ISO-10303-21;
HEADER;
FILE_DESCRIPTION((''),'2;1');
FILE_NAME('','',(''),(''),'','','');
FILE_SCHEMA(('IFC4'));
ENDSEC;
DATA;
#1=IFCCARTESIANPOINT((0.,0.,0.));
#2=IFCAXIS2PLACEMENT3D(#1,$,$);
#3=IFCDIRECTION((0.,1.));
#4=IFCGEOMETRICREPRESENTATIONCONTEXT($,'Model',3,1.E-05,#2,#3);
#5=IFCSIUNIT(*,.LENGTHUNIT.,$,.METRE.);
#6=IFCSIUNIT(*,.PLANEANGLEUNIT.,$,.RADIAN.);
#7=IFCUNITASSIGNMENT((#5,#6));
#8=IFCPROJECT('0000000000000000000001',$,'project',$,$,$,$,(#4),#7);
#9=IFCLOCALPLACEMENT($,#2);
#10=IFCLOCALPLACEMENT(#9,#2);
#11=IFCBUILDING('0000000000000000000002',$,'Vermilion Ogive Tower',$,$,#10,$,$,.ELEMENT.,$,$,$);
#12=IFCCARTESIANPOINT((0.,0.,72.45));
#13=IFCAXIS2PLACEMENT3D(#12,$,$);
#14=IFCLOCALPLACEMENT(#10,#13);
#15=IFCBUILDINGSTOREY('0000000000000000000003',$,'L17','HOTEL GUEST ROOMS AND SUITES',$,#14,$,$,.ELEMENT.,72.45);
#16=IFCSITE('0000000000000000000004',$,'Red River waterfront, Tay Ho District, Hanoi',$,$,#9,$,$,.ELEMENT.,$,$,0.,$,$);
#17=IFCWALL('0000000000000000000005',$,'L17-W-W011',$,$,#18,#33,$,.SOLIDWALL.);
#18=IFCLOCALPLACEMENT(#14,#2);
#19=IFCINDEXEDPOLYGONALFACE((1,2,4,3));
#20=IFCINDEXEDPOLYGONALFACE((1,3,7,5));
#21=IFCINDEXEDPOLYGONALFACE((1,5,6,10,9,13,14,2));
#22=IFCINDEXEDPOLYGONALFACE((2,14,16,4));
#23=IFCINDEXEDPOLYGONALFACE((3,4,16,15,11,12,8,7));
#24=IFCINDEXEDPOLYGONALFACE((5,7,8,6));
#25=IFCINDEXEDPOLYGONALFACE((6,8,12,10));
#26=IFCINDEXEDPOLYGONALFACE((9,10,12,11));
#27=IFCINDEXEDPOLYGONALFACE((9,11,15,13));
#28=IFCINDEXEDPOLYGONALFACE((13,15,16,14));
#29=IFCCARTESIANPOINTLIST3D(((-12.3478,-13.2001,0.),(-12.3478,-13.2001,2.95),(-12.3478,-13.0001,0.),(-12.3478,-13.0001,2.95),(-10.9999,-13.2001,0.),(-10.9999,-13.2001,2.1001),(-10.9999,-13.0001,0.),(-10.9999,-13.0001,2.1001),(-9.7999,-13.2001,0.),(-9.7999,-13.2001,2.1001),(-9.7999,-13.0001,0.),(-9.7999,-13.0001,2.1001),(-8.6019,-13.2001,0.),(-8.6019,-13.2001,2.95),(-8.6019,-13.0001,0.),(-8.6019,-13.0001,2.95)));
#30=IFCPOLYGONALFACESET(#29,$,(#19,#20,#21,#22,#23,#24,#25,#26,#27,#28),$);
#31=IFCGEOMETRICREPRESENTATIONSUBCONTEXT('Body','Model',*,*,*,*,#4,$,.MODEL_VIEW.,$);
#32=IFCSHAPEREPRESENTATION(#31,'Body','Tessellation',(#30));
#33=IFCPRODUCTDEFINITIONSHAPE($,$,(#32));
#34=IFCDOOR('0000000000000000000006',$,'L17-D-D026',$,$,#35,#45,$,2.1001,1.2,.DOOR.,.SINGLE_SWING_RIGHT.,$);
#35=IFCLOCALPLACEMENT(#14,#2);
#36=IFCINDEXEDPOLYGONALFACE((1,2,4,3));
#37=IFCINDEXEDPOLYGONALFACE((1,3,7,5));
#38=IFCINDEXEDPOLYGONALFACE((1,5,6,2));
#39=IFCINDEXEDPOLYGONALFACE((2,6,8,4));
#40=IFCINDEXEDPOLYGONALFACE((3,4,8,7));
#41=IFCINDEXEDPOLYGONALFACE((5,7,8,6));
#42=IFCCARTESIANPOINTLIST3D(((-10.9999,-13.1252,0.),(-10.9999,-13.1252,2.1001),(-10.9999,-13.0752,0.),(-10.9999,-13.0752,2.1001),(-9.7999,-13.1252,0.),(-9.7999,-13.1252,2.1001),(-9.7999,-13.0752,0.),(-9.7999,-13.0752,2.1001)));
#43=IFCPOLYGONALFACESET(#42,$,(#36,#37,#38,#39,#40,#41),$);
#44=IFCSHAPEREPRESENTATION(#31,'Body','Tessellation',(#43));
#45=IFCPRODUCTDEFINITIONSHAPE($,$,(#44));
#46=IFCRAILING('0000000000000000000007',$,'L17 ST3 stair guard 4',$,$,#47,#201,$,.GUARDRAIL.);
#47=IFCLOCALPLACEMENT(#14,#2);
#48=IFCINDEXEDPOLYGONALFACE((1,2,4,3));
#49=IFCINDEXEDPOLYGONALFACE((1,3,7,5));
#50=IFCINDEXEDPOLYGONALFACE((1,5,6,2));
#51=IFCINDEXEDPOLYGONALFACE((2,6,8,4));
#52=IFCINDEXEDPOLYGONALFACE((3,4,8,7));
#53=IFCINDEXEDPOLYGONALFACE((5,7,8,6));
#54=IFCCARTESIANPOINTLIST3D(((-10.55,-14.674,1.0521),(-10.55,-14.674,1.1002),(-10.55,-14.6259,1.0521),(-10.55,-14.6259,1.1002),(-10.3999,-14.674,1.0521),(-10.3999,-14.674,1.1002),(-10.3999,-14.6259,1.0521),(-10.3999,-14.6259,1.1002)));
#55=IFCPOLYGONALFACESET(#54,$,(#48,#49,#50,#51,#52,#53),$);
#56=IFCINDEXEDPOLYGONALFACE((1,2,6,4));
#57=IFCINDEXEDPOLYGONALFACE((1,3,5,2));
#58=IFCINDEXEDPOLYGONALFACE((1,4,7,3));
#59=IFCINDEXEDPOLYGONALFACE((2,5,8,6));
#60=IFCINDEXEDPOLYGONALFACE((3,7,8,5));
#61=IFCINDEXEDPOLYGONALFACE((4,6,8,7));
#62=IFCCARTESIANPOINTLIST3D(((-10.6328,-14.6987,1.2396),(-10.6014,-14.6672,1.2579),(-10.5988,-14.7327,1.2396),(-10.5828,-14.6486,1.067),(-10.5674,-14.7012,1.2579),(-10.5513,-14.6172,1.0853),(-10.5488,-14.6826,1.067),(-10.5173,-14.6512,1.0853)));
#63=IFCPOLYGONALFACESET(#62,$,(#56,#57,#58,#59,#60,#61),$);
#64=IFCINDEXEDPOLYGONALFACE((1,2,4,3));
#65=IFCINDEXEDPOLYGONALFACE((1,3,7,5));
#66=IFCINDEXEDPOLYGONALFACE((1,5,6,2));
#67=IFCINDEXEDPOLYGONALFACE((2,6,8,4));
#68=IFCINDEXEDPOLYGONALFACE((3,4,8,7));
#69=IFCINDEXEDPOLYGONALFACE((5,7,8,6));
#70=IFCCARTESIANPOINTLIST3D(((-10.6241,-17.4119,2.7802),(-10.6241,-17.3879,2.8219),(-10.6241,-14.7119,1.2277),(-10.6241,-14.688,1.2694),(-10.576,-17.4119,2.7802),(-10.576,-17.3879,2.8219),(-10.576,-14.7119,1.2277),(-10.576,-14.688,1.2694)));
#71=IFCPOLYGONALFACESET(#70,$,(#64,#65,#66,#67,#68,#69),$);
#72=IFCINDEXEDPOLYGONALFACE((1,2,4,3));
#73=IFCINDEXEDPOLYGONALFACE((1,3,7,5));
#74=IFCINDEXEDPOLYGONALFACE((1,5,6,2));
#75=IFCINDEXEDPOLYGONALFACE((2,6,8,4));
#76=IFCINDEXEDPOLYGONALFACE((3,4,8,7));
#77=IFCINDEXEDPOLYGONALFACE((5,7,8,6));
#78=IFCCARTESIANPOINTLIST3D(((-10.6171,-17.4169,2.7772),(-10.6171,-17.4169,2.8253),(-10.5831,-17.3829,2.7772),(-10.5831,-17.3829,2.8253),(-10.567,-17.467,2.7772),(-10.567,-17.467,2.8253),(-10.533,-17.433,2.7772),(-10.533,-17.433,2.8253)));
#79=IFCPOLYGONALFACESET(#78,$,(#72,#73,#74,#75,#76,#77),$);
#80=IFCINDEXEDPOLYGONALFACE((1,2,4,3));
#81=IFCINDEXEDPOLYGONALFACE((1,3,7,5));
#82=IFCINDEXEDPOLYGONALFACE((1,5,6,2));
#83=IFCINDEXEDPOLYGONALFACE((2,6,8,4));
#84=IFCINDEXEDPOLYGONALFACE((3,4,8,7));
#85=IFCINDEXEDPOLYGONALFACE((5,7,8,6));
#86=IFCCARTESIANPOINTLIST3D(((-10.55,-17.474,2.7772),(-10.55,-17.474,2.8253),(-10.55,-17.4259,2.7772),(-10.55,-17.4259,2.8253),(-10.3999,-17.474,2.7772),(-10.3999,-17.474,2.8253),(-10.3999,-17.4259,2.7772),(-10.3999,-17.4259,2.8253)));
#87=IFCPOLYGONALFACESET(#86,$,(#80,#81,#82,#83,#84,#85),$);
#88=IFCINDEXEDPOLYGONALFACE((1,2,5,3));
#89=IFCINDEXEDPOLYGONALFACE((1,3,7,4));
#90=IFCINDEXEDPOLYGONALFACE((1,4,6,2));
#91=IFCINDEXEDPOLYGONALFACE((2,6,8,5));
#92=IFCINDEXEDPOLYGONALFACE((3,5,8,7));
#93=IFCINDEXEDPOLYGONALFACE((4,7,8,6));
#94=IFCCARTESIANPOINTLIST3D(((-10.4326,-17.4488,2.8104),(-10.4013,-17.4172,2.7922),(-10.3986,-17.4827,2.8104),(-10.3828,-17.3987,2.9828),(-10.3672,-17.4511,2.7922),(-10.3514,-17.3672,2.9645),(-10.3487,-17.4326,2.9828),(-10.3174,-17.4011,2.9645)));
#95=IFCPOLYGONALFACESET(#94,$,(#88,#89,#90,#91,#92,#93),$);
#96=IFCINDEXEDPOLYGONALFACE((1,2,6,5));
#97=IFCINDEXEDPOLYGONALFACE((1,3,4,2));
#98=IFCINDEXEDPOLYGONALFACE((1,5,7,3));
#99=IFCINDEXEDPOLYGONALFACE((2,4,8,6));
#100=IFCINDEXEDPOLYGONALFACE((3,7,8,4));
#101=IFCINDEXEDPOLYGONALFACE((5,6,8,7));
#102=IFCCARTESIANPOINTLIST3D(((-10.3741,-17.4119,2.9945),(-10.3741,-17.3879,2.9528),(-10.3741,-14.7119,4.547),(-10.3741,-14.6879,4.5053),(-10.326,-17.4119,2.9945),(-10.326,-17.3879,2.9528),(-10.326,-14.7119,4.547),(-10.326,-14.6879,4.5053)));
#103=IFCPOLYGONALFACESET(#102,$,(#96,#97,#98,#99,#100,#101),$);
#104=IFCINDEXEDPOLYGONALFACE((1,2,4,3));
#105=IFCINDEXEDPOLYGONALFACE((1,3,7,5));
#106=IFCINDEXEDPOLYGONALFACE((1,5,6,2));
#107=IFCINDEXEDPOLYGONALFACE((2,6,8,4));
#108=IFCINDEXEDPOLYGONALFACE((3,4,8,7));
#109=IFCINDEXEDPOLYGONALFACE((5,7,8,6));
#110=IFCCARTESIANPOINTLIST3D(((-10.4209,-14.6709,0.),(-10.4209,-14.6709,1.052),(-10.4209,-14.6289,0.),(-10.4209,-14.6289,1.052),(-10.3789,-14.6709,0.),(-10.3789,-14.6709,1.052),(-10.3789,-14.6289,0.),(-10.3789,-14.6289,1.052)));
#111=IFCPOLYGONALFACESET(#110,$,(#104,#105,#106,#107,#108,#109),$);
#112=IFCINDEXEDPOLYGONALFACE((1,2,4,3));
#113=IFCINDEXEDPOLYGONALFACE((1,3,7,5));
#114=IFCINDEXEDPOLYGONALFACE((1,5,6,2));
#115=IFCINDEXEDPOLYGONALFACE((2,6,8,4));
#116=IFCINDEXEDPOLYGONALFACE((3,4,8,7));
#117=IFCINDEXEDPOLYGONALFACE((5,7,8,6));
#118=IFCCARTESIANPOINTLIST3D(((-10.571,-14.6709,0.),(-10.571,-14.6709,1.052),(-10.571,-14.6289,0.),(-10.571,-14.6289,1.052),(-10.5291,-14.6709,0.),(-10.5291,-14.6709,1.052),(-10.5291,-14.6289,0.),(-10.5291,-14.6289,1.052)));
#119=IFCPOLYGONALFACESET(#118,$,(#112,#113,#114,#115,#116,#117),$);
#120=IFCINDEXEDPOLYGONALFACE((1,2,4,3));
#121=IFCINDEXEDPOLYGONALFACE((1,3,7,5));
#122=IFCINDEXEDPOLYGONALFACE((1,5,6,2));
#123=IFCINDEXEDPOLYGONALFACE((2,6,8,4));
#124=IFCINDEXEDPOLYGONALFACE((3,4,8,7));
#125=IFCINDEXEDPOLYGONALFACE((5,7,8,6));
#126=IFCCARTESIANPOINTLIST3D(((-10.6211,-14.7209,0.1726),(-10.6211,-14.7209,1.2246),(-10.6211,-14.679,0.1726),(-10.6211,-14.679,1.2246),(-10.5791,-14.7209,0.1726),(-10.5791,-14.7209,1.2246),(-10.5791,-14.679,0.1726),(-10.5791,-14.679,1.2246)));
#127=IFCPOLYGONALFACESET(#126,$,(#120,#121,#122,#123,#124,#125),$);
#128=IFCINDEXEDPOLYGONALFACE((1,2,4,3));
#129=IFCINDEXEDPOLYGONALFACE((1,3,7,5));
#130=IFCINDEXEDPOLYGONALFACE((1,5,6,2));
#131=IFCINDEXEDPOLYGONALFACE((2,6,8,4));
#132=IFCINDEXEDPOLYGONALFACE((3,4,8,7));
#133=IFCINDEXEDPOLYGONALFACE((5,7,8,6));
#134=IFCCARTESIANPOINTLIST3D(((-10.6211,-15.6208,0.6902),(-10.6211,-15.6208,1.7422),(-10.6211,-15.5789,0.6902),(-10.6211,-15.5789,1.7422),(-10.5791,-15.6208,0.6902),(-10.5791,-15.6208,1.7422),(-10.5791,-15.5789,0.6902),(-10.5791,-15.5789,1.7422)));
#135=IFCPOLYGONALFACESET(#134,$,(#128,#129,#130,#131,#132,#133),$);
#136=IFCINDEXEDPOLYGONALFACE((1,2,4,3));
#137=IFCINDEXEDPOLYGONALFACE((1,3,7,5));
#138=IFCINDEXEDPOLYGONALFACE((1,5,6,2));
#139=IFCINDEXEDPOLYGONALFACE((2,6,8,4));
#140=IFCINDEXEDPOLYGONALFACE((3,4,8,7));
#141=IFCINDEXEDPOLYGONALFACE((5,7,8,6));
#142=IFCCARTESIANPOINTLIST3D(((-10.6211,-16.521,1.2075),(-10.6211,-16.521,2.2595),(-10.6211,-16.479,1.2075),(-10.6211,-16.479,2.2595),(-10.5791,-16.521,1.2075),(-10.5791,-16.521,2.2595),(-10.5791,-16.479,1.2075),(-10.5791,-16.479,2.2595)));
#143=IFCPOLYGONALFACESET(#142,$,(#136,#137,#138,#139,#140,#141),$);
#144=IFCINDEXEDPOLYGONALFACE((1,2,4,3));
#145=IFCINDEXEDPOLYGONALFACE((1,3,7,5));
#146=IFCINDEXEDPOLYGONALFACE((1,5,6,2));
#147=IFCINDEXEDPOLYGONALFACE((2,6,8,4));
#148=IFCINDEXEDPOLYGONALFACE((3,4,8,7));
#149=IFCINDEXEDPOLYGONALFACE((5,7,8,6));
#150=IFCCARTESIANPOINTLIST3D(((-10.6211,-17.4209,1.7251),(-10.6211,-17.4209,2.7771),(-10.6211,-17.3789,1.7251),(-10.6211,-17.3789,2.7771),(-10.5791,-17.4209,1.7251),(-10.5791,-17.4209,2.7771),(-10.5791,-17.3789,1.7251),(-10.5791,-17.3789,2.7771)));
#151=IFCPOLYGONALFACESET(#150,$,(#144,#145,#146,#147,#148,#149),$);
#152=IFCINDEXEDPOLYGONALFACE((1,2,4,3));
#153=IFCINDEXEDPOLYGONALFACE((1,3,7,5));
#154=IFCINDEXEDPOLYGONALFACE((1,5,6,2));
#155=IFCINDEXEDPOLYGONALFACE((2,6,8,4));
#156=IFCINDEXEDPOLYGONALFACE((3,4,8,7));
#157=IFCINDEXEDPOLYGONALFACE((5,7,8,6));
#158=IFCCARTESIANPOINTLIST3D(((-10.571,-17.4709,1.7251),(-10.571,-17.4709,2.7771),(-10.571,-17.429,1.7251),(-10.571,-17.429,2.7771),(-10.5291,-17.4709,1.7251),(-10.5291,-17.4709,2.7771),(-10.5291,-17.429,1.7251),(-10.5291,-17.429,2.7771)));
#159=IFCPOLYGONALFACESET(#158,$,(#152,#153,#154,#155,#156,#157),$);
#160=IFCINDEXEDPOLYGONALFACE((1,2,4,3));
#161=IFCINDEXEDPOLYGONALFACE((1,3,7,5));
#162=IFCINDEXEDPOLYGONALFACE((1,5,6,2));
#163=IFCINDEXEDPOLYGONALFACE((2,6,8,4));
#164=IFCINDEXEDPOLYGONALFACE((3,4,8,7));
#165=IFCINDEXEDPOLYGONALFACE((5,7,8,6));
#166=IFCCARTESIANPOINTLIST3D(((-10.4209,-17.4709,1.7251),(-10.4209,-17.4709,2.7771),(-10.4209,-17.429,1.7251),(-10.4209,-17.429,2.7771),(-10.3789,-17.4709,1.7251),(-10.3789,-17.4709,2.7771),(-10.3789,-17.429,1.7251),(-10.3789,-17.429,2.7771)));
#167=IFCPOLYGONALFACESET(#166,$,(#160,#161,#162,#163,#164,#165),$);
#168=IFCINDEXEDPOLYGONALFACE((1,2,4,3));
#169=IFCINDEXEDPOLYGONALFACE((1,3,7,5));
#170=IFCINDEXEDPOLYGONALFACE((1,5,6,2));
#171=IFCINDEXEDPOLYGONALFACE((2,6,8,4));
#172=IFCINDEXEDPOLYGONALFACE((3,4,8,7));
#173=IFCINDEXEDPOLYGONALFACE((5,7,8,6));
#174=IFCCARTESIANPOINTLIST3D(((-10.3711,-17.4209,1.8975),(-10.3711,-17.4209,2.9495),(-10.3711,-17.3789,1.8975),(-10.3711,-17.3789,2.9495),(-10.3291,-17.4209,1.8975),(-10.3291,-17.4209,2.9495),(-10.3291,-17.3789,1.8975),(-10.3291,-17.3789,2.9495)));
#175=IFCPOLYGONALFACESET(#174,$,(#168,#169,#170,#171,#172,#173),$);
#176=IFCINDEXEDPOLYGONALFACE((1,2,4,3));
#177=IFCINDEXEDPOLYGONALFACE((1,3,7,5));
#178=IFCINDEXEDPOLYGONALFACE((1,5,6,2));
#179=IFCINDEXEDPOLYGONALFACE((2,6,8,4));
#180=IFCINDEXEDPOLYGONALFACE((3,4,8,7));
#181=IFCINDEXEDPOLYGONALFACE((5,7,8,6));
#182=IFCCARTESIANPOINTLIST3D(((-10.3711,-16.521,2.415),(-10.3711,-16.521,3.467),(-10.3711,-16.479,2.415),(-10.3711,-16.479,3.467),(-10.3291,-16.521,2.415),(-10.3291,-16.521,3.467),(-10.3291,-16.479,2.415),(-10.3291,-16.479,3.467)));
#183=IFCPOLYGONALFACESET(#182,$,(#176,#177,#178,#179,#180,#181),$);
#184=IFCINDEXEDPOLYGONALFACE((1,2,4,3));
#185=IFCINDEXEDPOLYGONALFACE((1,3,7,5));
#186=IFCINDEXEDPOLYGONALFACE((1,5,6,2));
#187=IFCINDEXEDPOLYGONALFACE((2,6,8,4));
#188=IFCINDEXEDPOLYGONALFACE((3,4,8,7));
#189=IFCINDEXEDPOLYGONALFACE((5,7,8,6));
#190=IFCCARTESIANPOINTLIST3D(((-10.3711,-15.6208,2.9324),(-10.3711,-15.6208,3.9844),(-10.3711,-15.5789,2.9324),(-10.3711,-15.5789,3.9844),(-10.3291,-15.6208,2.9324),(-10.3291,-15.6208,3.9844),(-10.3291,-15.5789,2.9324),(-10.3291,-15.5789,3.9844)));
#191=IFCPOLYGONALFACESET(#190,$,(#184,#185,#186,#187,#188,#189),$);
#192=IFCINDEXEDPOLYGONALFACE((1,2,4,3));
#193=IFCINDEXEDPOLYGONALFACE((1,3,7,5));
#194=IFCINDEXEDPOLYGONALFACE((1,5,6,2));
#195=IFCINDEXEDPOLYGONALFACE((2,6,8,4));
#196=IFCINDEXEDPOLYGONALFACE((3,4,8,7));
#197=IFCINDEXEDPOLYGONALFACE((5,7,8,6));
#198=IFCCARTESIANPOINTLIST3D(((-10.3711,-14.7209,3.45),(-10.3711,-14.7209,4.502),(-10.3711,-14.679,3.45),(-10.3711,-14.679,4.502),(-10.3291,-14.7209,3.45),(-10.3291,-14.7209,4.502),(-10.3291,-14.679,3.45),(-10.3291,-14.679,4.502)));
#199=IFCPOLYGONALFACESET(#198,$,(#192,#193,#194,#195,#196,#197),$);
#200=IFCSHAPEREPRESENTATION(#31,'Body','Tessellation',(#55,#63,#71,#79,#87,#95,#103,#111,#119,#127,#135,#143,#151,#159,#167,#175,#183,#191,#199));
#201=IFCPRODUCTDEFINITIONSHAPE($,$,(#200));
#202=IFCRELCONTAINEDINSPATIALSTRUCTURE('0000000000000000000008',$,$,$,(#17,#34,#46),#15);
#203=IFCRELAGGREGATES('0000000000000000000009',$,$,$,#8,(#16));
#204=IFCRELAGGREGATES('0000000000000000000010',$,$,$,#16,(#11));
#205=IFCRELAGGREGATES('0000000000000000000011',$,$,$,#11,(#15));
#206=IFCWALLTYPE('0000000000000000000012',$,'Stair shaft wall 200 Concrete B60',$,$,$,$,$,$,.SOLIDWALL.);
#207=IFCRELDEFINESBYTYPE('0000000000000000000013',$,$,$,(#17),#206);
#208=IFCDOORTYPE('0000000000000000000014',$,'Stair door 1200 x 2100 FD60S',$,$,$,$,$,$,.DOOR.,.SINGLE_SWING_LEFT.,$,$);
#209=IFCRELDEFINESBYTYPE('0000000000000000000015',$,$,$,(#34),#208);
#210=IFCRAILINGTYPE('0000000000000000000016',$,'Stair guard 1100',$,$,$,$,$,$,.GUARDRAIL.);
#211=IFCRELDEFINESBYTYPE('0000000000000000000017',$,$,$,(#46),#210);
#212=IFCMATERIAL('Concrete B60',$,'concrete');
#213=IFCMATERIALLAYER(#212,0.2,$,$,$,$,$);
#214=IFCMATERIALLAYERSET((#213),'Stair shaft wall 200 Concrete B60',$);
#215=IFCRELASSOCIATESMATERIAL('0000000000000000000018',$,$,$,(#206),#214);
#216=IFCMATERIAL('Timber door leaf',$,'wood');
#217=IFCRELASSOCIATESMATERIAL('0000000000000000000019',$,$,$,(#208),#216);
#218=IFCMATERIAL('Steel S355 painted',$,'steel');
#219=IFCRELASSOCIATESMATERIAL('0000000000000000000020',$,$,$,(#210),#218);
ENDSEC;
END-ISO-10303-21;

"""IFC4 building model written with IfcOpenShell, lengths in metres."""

from ifc_helpers import new_model, si_unit, direction, frame, frame_2d, origin, origin_2d, place, context, subcontext, project, spatial, rectangle, extrude, material, layer, layer_set, type_object, element, fill, save


model = new_model("IFC4")

# Units and contexts
model_context = context("Model", 3, precision=1e-05, world=origin(), true_north=direction((0.0, 1.0)))
body_context = subcontext(model_context, "Body", "Model", "MODEL_VIEW")
ifc_project = project(units=[si_unit("LENGTHUNIT", "METRE"), si_unit("PLANEANGLEUNIT", "RADIAN")], contexts=[model_context])

# Site, building, storey
site_placement = place(None, origin())
site = spatial("IfcSite", under=ifc_project, at=site_placement, Name="Red River waterfront, Tay Ho District, Hanoi", CompositionType="ELEMENT", RefElevation=0.0)
building_placement = place(site_placement, origin())
building = spatial("IfcBuilding", under=site, at=building_placement, Name="Vermilion Ogive Tower", CompositionType="ELEMENT")
storey_placement = place(building_placement, frame((0.0, 0.0, 72.45)))
storey = spatial("IfcBuildingStorey", under=building, at=storey_placement, Name="L17", Description="HOTEL GUEST ROOMS AND SUITES", CompositionType="ELEMENT", Elevation=72.45)

# Wall, opening, door
ifc_material_1 = material(Name="Concrete B60", Category="concrete")
ifc_layer_1 = layer(ifc_material_1, 0.2)
ifc_layer_set_1 = layer_set([ifc_layer_1], Name="Stair shaft wall 200 Concrete B60")
wall_type_1 = type_object("IfcWallType", Name="Stair shaft wall 200 Concrete B60", PredefinedType="SOLIDWALL", material=ifc_layer_set_1)
wall_1_placement = place(storey_placement, frame((-12.3479, -13.1001, 0.0), z_axis=(0.0, 0.0, 1.0), x_axis=(1.0, 0.0, 0.0)))
wall_1 = element("IfcWall", 1, at=wall_1_placement, inside=storey, type_object=wall_type_1, Name="L17-W-W011", PredefinedType="SOLIDWALL", context=body_context, shape_type="SweptSolid", body=[
    extrude(rectangle(XDim=3.7458, YDim=0.2, at=frame_2d((1.873, 0.0))), origin(), (0.0, 0.0, 1.0), 2.95),
])
opening_1_placement = place(wall_1_placement, frame((1.3479, 0.0, 0.0)))
opening_1 = element("IfcOpeningElement", 2, at=opening_1_placement, cuts=wall_1, PredefinedType="OPENING", context=body_context, shape_type="SweptSolid", body=[
    extrude(rectangle(XDim=1.2, YDim=2.1001, at=frame_2d((0.6001, 1.05))), frame((0.0, 0.1099, 0.0), z_axis=(0.0, -1.0, 0.0), x_axis=(1.0, 0.0, 0.0)), (0.0, 0.0, 1.0), 0.22),
])
ifc_material_2 = material(Name="Timber door leaf", Category="wood")
door_type_1 = type_object("IfcDoorType", Name="Stair door 1200 x 2100 FD60S", OperationType="SINGLE_SWING_LEFT", PredefinedType="DOOR", material=ifc_material_2)
door_1_placement = place(opening_1_placement, origin())
door_1 = element("IfcDoor", 3, at=door_1_placement, inside=storey, type_object=door_type_1, Name="L17-D-D026", OperationType="SINGLE_SWING_RIGHT", OverallHeight=2.1001, OverallWidth=1.2, PredefinedType="DOOR", context=body_context, shape_type="SweptSolid", body=[
    extrude(rectangle(XDim=1.2, YDim=2.1001, at=frame_2d((0.6001, 1.05))), frame((0.0, 0.0249, 0.0), z_axis=(0.0, -1.0, 0.0), x_axis=(1.0, 0.0, 0.0)), (0.0, 0.0, 1.0), 0.05),
])
fill(opening_1, door_1)

# Railing
ifc_material_3 = material(Name="Steel S355 painted", Category="steel")
railing_type = type_object("IfcRailingType", Name="Stair guard 1100", PredefinedType="GUARDRAIL", material=ifc_material_3)
railing_placement = place(storey_placement, frame((-10.3999, -14.6499, 0.0)))
element("IfcRailing", 4, at=railing_placement, inside=storey, type_object=railing_type, Name="L17 ST3 stair guard 4", PredefinedType="GUARDRAIL", context=body_context, shape_type="SweptSolid", body=[
    extrude(rectangle(XDim=0.0481, YDim=0.0481, at=origin_2d()), frame((0.0, 0.0, 1.0762), z_axis=(-1.0, 0.0, 0.0), x_axis=(0.0, -1.0, 0.0)), (0.0, 0.0, 1.0), 0.1501),
    extrude(rectangle(XDim=0.0481, YDim=0.0481, at=origin_2d()), frame((-0.1501, 0.0, 1.0762), z_axis=(-0.268278, -0.268278, 0.925232), x_axis=(0.707107, -0.707107, 0.0)), (0.0, 0.0, 1.0), 0.1865),
    extrude(rectangle(XDim=0.0481, YDim=0.0481, at=origin_2d()), frame((-0.2002, -0.05, 1.2485), z_axis=(0.0, -0.866904, 0.498476), x_axis=(1.0, 0.0, 0.0)), (0.0, 0.0, 1.0), 3.1145),
    extrude(rectangle(XDim=0.0481, YDim=0.0481, at=origin_2d()), frame((-0.2002, -2.75, 2.8013), z_axis=(0.707107, -0.707107, 0.0), x_axis=(0.707107, 0.707107, 0.0)), (0.0, 0.0, 1.0), 0.0708),
    extrude(rectangle(XDim=0.0481, YDim=0.0481, at=origin_2d()), frame((-0.1501, -2.8, 2.8013), z_axis=(1.0, 0.0, 0.0), x_axis=(0.0, 1.0, 0.0)), (0.0, 0.0, 1.0), 0.1501),
    extrude(rectangle(XDim=0.0481, YDim=0.0481, at=origin_2d()), frame((0.0, -2.8, 2.8013), z_axis=(0.267387, 0.268698, 0.925368), x_axis=(-0.708834, 0.705376, 0.0)), (0.0, 0.0, 1.0), 0.1863),
    extrude(rectangle(XDim=0.0481, YDim=0.0481, at=origin_2d()), frame((0.0498, -2.75, 2.9736), z_axis=(0.0, 0.866904, 0.498476), x_axis=(-1.0, 0.0, 0.0)), (0.0, 0.0, 1.0), 3.1145),
    extrude(rectangle(XDim=0.042, YDim=0.042, at=origin_2d()), origin(), (0.0, 0.0, 1.0), 1.052),
    extrude(rectangle(XDim=0.042, YDim=0.042, at=origin_2d()), frame((-0.1501, 0.0, 0.0)), (0.0, 0.0, 1.0), 1.052),
    extrude(rectangle(XDim=0.042, YDim=0.042, at=origin_2d()), frame((-0.2002, -0.05, 0.1726)), (0.0, 0.0, 1.0), 1.052),
    extrude(rectangle(XDim=0.042, YDim=0.042, at=origin_2d()), frame((-0.2002, -0.95, 0.6902)), (0.0, 0.0, 1.0), 1.052),
    extrude(rectangle(XDim=0.042, YDim=0.042, at=origin_2d()), frame((-0.2002, -1.8501, 1.2075)), (0.0, 0.0, 1.0), 1.052),
    extrude(rectangle(XDim=0.042, YDim=0.042, at=origin_2d()), frame((-0.2002, -2.75, 1.7251)), (0.0, 0.0, 1.0), 1.052),
    extrude(rectangle(XDim=0.042, YDim=0.042, at=origin_2d()), frame((-0.1501, -2.8, 1.7251)), (0.0, 0.0, 1.0), 1.052),
    extrude(rectangle(XDim=0.042, YDim=0.042, at=origin_2d()), frame((0.0, -2.8, 1.7251)), (0.0, 0.0, 1.0), 1.052),
    extrude(rectangle(XDim=0.042, YDim=0.042, at=origin_2d()), frame((0.0498, -2.75, 1.8975)), (0.0, 0.0, 1.0), 1.052),
    extrude(rectangle(XDim=0.042, YDim=0.042, at=origin_2d()), frame((0.0498, -1.8501, 2.415)), (0.0, 0.0, 1.0), 1.052),
    extrude(rectangle(XDim=0.042, YDim=0.042, at=origin_2d()), frame((0.0498, -0.95, 2.9324)), (0.0, 0.0, 1.0), 1.052),
    extrude(rectangle(XDim=0.042, YDim=0.042, at=origin_2d()), frame((0.0498, -0.05, 3.45)), (0.0, 0.0, 1.0), 1.052),
])

save(model, "model.ifc")
